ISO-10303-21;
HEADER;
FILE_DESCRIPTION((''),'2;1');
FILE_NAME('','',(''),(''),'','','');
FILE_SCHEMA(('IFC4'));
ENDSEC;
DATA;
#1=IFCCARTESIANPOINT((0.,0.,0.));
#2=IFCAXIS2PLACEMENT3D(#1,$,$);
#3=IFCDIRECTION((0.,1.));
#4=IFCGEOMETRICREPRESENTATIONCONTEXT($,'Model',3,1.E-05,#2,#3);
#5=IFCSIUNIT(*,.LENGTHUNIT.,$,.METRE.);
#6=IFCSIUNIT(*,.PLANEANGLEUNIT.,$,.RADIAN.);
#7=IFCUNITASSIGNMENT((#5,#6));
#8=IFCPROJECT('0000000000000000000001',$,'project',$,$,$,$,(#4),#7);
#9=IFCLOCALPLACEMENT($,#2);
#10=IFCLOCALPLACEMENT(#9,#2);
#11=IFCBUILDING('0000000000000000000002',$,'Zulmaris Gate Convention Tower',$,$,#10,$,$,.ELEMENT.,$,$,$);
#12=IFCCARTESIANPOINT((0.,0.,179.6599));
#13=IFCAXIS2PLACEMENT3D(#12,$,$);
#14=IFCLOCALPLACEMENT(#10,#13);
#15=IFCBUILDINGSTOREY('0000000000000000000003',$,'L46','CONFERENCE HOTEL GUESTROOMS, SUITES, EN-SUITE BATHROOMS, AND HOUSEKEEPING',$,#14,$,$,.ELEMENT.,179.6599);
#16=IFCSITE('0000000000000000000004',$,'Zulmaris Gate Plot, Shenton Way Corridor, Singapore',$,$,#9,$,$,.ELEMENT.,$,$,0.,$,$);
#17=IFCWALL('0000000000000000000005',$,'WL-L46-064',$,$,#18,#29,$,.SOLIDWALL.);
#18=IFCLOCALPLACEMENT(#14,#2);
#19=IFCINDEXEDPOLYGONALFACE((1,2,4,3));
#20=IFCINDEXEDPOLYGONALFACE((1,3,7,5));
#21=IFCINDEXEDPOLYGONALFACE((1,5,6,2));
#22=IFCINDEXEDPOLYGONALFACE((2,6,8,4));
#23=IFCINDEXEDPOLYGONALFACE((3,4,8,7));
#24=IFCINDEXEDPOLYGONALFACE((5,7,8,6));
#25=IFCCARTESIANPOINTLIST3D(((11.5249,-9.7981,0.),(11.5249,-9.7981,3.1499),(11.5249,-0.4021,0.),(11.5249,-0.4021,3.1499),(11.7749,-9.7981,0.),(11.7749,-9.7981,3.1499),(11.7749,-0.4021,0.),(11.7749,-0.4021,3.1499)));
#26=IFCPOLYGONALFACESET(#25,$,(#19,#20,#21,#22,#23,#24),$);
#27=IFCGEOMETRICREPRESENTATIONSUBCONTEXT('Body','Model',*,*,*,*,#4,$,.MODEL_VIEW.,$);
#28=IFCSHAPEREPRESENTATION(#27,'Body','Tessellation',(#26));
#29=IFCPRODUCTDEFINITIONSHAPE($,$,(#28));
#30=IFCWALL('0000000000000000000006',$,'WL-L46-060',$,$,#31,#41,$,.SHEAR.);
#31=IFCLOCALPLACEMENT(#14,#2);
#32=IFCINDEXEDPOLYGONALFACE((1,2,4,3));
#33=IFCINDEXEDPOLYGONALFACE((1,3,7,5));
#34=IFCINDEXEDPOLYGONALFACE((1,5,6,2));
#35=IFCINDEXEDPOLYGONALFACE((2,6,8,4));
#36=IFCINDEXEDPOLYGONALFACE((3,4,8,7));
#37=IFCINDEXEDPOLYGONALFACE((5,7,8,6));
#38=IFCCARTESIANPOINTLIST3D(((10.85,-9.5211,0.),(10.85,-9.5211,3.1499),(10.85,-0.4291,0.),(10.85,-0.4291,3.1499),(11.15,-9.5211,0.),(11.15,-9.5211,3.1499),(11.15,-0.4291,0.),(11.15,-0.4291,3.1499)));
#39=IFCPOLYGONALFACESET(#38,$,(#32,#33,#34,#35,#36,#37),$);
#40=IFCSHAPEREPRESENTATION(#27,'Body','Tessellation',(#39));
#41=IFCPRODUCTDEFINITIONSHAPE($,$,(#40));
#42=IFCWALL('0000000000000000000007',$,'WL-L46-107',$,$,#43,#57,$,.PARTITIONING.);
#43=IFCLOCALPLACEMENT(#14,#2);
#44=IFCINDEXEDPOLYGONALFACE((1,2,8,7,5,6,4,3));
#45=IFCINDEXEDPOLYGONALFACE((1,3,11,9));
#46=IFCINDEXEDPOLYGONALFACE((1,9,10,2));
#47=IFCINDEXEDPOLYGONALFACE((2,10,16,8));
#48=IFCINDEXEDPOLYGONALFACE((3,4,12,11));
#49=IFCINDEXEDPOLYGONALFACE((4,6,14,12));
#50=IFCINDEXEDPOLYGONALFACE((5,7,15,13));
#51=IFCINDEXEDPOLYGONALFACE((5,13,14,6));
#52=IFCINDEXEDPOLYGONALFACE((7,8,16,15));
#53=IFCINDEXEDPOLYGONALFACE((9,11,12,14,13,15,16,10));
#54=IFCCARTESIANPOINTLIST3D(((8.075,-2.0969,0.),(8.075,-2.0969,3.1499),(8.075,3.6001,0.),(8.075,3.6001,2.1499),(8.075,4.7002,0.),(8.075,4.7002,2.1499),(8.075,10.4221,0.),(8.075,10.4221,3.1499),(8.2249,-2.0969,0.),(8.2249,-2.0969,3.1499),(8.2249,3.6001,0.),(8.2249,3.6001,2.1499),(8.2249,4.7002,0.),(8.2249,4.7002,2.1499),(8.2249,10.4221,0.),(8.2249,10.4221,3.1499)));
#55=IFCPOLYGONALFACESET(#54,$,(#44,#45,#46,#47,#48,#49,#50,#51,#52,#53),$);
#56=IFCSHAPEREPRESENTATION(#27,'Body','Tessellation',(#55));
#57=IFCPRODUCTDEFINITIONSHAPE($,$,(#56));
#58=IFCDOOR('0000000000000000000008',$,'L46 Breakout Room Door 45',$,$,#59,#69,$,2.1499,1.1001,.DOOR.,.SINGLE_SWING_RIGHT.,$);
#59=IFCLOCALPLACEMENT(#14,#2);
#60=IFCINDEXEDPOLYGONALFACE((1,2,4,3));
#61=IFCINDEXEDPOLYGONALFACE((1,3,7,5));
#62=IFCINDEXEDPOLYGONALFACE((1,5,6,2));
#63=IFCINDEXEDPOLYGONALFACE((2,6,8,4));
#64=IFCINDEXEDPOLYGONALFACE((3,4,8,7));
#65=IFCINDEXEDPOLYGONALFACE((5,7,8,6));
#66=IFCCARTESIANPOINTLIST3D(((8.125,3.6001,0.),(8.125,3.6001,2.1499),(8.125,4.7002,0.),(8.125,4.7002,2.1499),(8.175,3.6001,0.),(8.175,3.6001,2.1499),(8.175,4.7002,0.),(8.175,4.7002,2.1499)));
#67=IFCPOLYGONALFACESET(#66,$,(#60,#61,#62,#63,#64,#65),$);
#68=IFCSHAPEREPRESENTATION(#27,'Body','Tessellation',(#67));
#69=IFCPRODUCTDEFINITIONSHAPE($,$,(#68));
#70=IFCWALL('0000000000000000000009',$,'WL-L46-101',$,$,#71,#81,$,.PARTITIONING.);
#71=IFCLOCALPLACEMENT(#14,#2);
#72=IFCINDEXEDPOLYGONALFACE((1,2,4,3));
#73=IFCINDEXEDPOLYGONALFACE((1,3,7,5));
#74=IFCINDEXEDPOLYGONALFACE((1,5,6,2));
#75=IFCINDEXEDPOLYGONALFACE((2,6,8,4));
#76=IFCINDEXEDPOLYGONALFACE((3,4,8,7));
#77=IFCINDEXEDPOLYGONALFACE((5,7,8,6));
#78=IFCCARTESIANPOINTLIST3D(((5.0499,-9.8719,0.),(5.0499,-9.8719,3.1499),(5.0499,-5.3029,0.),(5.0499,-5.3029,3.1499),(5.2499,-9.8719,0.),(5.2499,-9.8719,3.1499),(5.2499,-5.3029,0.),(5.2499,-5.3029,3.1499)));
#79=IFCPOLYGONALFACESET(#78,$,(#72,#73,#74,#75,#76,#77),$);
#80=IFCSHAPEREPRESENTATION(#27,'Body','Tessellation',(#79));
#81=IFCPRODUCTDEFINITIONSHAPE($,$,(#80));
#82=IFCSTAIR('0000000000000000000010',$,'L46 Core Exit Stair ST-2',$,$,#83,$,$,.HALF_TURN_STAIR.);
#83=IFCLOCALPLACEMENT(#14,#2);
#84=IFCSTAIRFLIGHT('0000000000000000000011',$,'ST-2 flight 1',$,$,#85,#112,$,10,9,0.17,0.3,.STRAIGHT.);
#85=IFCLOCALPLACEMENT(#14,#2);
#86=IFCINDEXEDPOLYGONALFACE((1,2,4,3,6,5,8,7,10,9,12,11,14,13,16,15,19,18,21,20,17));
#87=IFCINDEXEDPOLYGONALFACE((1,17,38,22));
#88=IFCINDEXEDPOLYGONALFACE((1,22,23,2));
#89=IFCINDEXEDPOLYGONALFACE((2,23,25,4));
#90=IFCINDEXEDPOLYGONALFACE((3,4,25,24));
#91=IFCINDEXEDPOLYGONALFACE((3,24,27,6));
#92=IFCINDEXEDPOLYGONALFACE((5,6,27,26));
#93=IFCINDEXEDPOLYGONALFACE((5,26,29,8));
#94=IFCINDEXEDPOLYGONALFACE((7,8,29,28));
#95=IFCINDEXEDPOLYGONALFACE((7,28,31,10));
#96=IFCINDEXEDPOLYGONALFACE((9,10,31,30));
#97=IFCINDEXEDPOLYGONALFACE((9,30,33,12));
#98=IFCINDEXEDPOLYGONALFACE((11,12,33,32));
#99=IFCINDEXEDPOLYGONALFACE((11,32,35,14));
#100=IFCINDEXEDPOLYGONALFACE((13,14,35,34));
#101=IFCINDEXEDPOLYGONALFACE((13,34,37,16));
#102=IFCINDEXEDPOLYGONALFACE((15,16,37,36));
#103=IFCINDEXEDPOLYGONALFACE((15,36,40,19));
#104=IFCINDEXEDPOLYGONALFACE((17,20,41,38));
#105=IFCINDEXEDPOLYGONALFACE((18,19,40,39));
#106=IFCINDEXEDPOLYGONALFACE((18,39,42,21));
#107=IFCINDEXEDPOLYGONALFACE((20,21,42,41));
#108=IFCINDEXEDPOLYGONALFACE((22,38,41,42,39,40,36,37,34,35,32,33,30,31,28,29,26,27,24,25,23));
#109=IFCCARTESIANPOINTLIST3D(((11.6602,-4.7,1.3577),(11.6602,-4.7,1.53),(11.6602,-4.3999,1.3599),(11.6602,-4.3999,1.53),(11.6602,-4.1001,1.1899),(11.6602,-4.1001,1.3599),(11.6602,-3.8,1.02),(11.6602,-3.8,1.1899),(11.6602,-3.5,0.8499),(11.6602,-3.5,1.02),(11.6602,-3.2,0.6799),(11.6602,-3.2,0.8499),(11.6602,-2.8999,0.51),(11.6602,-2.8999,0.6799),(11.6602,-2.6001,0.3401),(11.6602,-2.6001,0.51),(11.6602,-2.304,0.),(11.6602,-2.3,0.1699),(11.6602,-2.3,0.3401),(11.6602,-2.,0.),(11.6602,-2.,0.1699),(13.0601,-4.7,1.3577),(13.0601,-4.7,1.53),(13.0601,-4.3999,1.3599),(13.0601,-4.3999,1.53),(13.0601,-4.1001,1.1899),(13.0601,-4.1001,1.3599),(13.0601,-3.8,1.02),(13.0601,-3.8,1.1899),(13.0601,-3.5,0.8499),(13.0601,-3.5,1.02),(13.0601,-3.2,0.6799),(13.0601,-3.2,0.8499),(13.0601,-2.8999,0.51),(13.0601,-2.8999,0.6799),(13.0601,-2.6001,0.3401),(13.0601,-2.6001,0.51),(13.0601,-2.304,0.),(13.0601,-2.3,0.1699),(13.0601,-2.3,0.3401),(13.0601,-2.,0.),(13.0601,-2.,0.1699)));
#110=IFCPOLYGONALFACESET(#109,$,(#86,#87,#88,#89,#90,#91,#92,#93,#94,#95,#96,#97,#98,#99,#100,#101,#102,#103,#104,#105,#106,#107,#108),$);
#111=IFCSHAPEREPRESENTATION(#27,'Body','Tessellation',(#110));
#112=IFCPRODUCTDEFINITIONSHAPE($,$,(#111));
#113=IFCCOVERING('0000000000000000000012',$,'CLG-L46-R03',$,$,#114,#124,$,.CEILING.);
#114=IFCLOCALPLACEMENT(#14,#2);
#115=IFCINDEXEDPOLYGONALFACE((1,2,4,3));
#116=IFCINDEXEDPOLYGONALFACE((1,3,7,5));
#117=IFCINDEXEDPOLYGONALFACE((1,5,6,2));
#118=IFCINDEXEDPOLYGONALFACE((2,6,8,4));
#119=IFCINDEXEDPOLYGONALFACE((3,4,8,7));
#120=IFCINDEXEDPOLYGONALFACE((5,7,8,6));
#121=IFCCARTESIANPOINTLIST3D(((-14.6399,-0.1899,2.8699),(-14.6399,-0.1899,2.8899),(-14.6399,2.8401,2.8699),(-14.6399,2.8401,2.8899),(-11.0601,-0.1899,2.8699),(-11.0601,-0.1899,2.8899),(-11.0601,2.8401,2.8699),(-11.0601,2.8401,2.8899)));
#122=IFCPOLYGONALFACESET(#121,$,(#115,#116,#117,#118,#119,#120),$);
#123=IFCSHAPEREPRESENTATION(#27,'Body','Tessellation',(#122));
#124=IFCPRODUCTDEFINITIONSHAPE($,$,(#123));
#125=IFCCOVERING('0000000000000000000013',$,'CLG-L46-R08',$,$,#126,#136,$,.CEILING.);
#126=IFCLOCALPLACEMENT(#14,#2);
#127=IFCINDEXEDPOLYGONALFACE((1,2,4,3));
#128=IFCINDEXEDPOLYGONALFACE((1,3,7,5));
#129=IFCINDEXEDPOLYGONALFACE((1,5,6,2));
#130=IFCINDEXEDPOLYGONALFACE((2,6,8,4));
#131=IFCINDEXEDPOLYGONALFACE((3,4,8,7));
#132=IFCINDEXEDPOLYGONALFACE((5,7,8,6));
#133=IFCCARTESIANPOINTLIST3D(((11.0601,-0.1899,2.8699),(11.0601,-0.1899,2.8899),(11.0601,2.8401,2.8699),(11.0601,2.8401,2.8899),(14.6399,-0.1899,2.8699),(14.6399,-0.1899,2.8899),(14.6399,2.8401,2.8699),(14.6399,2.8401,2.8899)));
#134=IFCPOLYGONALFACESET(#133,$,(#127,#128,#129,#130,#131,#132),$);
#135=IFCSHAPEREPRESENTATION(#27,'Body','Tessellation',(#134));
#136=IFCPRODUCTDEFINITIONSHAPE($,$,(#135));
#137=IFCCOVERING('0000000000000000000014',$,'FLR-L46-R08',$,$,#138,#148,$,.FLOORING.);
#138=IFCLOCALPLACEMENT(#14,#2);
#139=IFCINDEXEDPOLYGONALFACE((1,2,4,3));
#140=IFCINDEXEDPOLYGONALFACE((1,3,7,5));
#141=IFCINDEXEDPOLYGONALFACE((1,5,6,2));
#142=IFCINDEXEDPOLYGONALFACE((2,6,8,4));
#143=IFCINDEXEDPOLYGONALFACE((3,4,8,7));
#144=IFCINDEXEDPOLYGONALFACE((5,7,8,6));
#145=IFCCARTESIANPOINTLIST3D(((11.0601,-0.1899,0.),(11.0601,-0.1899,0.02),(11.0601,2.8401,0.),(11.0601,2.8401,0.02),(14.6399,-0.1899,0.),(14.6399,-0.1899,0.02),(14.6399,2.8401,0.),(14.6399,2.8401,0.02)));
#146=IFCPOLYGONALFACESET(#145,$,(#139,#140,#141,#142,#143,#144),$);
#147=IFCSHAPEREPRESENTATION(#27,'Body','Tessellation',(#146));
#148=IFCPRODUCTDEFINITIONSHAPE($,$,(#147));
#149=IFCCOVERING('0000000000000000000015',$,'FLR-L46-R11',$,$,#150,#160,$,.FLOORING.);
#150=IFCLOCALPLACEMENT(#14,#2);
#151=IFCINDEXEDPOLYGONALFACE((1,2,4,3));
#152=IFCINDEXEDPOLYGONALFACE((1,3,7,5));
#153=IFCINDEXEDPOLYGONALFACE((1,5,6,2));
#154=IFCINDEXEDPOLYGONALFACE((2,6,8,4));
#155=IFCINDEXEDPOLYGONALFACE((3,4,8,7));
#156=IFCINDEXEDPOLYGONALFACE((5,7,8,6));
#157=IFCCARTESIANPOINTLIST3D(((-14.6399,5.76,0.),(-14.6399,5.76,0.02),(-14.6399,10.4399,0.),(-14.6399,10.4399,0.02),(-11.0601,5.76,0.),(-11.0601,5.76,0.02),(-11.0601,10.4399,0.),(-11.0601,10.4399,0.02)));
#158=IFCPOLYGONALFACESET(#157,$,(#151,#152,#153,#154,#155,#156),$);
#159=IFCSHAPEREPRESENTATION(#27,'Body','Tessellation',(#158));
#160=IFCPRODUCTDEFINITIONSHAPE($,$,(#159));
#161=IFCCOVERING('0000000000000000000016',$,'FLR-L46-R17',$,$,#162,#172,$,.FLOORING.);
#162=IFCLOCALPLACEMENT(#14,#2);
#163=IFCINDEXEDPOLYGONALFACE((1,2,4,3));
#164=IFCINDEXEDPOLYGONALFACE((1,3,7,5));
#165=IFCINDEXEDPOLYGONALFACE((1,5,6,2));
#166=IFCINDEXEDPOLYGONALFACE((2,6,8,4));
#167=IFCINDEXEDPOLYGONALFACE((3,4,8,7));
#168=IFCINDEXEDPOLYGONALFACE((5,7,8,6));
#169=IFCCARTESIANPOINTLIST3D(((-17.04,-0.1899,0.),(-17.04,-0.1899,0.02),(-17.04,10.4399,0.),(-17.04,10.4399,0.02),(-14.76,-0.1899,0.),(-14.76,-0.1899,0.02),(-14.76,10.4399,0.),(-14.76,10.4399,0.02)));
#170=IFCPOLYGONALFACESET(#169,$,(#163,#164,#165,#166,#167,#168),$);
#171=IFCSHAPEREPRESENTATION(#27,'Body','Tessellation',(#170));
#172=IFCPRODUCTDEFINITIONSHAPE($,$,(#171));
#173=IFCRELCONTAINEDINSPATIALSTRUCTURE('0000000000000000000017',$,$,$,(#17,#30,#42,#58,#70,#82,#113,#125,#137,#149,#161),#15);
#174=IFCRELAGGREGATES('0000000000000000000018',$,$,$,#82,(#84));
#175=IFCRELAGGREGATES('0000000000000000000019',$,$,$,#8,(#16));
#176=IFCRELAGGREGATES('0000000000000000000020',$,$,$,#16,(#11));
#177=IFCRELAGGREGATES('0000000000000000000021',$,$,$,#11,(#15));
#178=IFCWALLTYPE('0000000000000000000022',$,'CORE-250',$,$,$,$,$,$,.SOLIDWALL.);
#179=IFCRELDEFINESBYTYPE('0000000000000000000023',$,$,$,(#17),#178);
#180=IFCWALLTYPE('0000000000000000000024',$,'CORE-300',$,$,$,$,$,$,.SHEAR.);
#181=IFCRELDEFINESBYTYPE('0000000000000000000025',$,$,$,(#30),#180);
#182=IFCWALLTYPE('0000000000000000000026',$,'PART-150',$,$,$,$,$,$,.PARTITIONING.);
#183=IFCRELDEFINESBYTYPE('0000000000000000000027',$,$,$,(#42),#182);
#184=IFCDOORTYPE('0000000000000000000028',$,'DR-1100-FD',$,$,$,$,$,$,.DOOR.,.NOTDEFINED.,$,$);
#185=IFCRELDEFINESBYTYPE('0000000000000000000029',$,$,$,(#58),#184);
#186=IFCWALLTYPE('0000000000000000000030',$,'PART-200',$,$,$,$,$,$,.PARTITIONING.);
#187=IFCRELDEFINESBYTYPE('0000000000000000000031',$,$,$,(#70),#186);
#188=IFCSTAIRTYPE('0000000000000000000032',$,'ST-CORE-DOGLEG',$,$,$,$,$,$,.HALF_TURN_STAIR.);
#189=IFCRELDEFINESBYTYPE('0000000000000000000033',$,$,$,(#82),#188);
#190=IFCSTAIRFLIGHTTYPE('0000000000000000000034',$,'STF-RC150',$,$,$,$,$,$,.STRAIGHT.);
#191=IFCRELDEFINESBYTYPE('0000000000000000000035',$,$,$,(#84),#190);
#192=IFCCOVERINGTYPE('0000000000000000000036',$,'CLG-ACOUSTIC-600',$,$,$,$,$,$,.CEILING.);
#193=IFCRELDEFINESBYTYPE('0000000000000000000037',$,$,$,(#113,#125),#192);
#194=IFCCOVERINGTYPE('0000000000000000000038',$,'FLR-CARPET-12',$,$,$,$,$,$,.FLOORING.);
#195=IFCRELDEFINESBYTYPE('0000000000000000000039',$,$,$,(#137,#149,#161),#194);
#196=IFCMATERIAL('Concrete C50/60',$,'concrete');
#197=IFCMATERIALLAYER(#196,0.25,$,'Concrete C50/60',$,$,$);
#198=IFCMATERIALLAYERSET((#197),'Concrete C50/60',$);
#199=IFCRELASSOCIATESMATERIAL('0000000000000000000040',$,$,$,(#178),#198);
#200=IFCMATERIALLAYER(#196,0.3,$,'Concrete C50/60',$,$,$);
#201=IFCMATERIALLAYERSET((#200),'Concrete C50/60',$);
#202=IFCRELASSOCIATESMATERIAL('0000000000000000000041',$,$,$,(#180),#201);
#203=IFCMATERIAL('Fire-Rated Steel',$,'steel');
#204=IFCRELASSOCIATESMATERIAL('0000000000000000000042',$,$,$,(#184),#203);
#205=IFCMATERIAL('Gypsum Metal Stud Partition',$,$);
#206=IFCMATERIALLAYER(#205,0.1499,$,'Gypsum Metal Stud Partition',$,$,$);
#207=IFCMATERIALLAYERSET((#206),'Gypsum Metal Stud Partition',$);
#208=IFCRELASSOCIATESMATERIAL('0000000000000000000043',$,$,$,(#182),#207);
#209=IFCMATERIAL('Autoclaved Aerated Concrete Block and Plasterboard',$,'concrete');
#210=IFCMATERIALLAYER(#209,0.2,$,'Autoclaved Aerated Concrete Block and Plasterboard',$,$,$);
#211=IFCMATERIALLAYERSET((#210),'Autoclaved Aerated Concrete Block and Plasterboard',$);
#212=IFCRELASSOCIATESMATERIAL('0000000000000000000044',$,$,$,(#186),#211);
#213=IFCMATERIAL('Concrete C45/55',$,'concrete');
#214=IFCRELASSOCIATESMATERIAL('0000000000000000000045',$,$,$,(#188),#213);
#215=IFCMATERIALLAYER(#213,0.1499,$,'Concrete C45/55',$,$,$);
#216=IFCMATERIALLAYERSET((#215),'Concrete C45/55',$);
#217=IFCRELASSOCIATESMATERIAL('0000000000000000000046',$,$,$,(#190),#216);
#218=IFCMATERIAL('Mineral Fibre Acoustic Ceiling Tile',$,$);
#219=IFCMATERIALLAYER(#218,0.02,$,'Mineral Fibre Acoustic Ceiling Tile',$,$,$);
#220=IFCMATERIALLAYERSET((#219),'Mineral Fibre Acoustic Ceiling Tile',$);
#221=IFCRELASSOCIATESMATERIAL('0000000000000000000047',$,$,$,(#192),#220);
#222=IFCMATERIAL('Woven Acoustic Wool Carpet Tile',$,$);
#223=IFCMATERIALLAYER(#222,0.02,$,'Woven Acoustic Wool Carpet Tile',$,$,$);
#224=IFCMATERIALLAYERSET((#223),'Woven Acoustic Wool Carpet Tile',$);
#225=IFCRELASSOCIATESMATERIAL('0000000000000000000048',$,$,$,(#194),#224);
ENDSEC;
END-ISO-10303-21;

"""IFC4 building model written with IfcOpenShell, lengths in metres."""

from ifc_helpers import new_model, si_unit, direction, frame, frame_2d, origin, place, context, subcontext, project, spatial, polyline, rectangle, outline, extrude, material, layer, layer_set, type_object, element, fill, aggregate, save


model = new_model("IFC4")

# Units and contexts
model_context = context("Model", 3, precision=1e-05, world=origin(), true_north=direction((0.0, 1.0)))
body_context = subcontext(model_context, "Body", "Model", "MODEL_VIEW")
ifc_project = project(units=[si_unit("LENGTHUNIT", "METRE"), si_unit("PLANEANGLEUNIT", "RADIAN")], contexts=[model_context])

# Site, building, storey
site_placement = place(None, origin())
site = spatial("IfcSite", under=ifc_project, at=site_placement, Name="Zulmaris Gate Plot, Shenton Way Corridor, Singapore", CompositionType="ELEMENT", RefElevation=0.0)
building_placement = place(site_placement, origin())
building = spatial("IfcBuilding", under=site, at=building_placement, Name="Zulmaris Gate Convention Tower", CompositionType="ELEMENT")
storey_placement = place(building_placement, frame((0.0, 0.0, 179.6599)))
storey = spatial("IfcBuildingStorey", under=building, at=storey_placement, Name="L46", Description="CONFERENCE HOTEL GUESTROOMS, SUITES, EN-SUITE BATHROOMS, AND HOUSEKEEPING", CompositionType="ELEMENT", Elevation=179.6599)

# Wall
ifc_material_1 = material(Name="Concrete C50/60", Category="concrete")
ifc_layer_1 = layer(ifc_material_1, 0.25, Name="Concrete C50/60")
ifc_layer_set_1 = layer_set([ifc_layer_1], Name="Concrete C50/60")
wall_type_1 = type_object("IfcWallType", Name="CORE-250", PredefinedType="SOLIDWALL", material=ifc_layer_set_1)
wall_1_placement = place(storey_placement, frame((11.6499, -9.7981, 0.0), z_axis=(0.0, 0.0, 1.0), x_axis=(0.0, 1.0, 0.0)))
element("IfcWall", 1, at=wall_1_placement, inside=storey, type_object=wall_type_1, Name="WL-L46-064", PredefinedType="SOLIDWALL", context=body_context, shape_type="SweptSolid", body=[
    extrude(rectangle(XDim=9.396, YDim=0.25, at=frame_2d((4.698, 0.0))), origin(), (0.0, 0.0, 1.0), 3.1499),
])

# Shared definitions
ifc_layer_2 = layer(ifc_material_1, 0.3, Name="Concrete C50/60")
ifc_layer_set_2 = layer_set([ifc_layer_2], Name="Concrete C50/60")
wall_type_2 = type_object("IfcWallType", Name="CORE-300", PredefinedType="SHEAR", material=ifc_layer_set_2)
ifc_material_2 = material(Name="Fire-Rated Steel", Category="steel")
door_type_1 = type_object("IfcDoorType", Name="DR-1100-FD", OperationType="NOTDEFINED", PredefinedType="DOOR", material=ifc_material_2)

# Wall
wall_2_placement = place(storey_placement, frame((11.0, -9.521, 0.0), z_axis=(0.0, 0.0, 1.0), x_axis=(0.0, 1.0, 0.0)))
element("IfcWall", 2, at=wall_2_placement, inside=storey, type_object=wall_type_2, Name="WL-L46-060", PredefinedType="SHEAR", context=body_context, shape_type="SweptSolid", body=[
    extrude(rectangle(XDim=9.092, YDim=0.3, at=frame_2d((4.5459, 0.0))), origin(), (0.0, 0.0, 1.0), 3.1499),
])

# Wall, opening, door
ifc_material_3 = material(Name="Gypsum Metal Stud Partition")
ifc_layer_3 = layer(ifc_material_3, 0.1499, Name="Gypsum Metal Stud Partition")
ifc_layer_set_3 = layer_set([ifc_layer_3], Name="Gypsum Metal Stud Partition")
wall_type_3 = type_object("IfcWallType", Name="PART-150", PredefinedType="PARTITIONING", material=ifc_layer_set_3)
wall_3_placement = place(storey_placement, frame((8.1499, -2.0969, 0.0), z_axis=(0.0, 0.0, 1.0), x_axis=(0.0, 1.0, 0.0)))
wall_3 = element("IfcWall", 3, at=wall_3_placement, inside=storey, type_object=wall_type_3, Name="WL-L46-107", PredefinedType="PARTITIONING", context=body_context, shape_type="SweptSolid", body=[
    extrude(rectangle(XDim=12.519, YDim=0.1499, at=frame_2d((6.2595, 0.0))), origin(), (0.0, 0.0, 1.0), 3.1499),
])
opening_1_placement = place(wall_3_placement, frame((5.697, 0.0, 0.0)))
opening_1 = element("IfcOpeningElement", 4, at=opening_1_placement, cuts=wall_3, PredefinedType="OPENING", context=body_context, shape_type="SweptSolid", body=[
    extrude(rectangle(XDim=1.1001, YDim=2.1499, at=frame_2d((0.55, 1.075))), frame((0.0, 0.085, 0.0), z_axis=(0.0, -1.0, 0.0), x_axis=(1.0, 0.0, 0.0)), (0.0, 0.0, 1.0), 0.1699),
])
door_1_placement = place(opening_1_placement, origin())
door_1 = element("IfcDoor", 5, at=door_1_placement, inside=storey, type_object=door_type_1, Name="L46 Breakout Room Door 45", OperationType="SINGLE_SWING_RIGHT", OverallHeight=2.1499, OverallWidth=1.1001, PredefinedType="DOOR", context=body_context, shape_type="SweptSolid", body=[
    extrude(rectangle(XDim=1.1001, YDim=2.1499, at=frame_2d((0.55, 1.075))), frame((0.0, 0.0249, 0.0), z_axis=(0.0, -1.0, 0.0), x_axis=(1.0, 0.0, 0.0)), (0.0, 0.0, 1.0), 0.05),
])
fill(opening_1, door_1)

# Wall
ifc_material_4 = material(Name="Autoclaved Aerated Concrete Block and Plasterboard", Category="concrete")
ifc_layer_4 = layer(ifc_material_4, 0.2, Name="Autoclaved Aerated Concrete Block and Plasterboard")
ifc_layer_set_4 = layer_set([ifc_layer_4], Name="Autoclaved Aerated Concrete Block and Plasterboard")
wall_type_4 = type_object("IfcWallType", Name="PART-200", PredefinedType="PARTITIONING", material=ifc_layer_set_4)
wall_4_placement = place(storey_placement, frame((5.1499, -9.8721, 0.0), z_axis=(0.0, 0.0, 1.0), x_axis=(0.0, 1.0, 0.0)))
element("IfcWall", 6, at=wall_4_placement, inside=storey, type_object=wall_type_4, Name="WL-L46-101", PredefinedType="PARTITIONING", context=body_context, shape_type="SweptSolid", body=[
    extrude(rectangle(XDim=4.5691, YDim=0.2, at=frame_2d((2.2847, 0.0))), origin(), (0.0, 0.0, 1.0), 3.1499),
])

# Stair, stair flight
ifc_material_5 = material(Name="Concrete C45/55", Category="concrete")
stair_type = type_object("IfcStairType", Name="ST-CORE-DOGLEG", PredefinedType="HALF_TURN_STAIR", material=ifc_material_5)
stair_placement = place(storey_placement, origin())
stair = element("IfcStair", 7, at=stair_placement, inside=storey, type_object=stair_type, Name="L46 Core Exit Stair ST-2", PredefinedType="HALF_TURN_STAIR")
ifc_layer_5 = layer(ifc_material_5, 0.1499, Name="Concrete C45/55")
ifc_layer_set_5 = layer_set([ifc_layer_5], Name="Concrete C45/55")
stair_flight_type = type_object("IfcStairFlightType", Name="STF-RC150", PredefinedType="STRAIGHT", material=ifc_layer_set_5)
stair_flight_placement = place(storey_placement, frame((12.3601, -2.0, 0.0), z_axis=(0.0, 0.0, 1.0), x_axis=(0.0, -1.0, 0.0)))
stair_flight = element("IfcStairFlight", 8, at=stair_flight_placement, type_object=stair_flight_type, Name="ST-2 flight 1", NumberOfRisers=10, NumberOfTreads=9, PredefinedType="STRAIGHT", RiserHeight=0.17, TreadLength=0.3, context=body_context, shape_type="SweptSolid", body=[
    extrude(outline(polyline([(0.0, 0.0), (0.0, 0.1699), (0.3, 0.1699), (0.3, 0.3401), (0.6001, 0.3401), (0.6001, 0.51), (0.8999, 0.51), (0.8999, 0.6799), (1.2, 0.6799), (1.2, 0.8499), (1.5, 0.8499), (1.5, 1.02), (1.8, 1.02), (1.8, 1.1899), (2.1001, 1.1899), (2.1001, 1.3599), (2.3999, 1.3599), (2.3999, 1.53), (2.7, 1.53), (2.7, 1.7), (2.7, 1.3577), (0.304, 0.0), (0.0, 0.0)])), frame((0.0, 0.7, 0.0), z_axis=(0.0, -1.0, 0.0), x_axis=(1.0, 0.0, 0.0)), (0.0, 0.0, 1.0), 1.3999),
])
aggregate(stair, [stair_flight])

# Coverings
ifc_material_6 = material(Name="Mineral Fibre Acoustic Ceiling Tile")
ifc_layer_6 = layer(ifc_material_6, 0.02, Name="Mineral Fibre Acoustic Ceiling Tile")
ifc_layer_set_6 = layer_set([ifc_layer_6], Name="Mineral Fibre Acoustic Ceiling Tile")
covering_type_1 = type_object("IfcCoveringType", Name="CLG-ACOUSTIC-600", PredefinedType="CEILING", material=ifc_layer_set_6)
covering_1_placement = place(storey_placement, frame((0.0, 0.0, 2.8699)))
element("IfcCovering", 9, at=covering_1_placement, inside=storey, type_object=covering_type_1, Name="CLG-L46-R03", PredefinedType="CEILING", context=body_context, shape_type="SweptSolid", body=[
    extrude(outline(polyline([(-14.6399, -0.1899), (-11.0601, -0.1899), (-11.0601, 2.8401), (-14.6399, 2.8401), (-14.6399, -0.1899)])), origin(), (0.0, 0.0, 1.0), 0.02),
])
covering_2_placement = place(storey_placement, frame((0.0, 0.0, 2.8699)))
element("IfcCovering", 10, at=covering_2_placement, inside=storey, type_object=covering_type_1, Name="CLG-L46-R08", PredefinedType="CEILING", context=body_context, shape_type="SweptSolid", body=[
    extrude(outline(polyline([(11.0601, -0.1899), (14.6399, -0.1899), (14.6399, 2.8401), (11.0601, 2.8401), (11.0601, -0.1899)])), origin(), (0.0, 0.0, 1.0), 0.02),
])
ifc_material_7 = material(Name="Woven Acoustic Wool Carpet Tile")
ifc_layer_7 = layer(ifc_material_7, 0.02, Name="Woven Acoustic Wool Carpet Tile")
ifc_layer_set_7 = layer_set([ifc_layer_7], Name="Woven Acoustic Wool Carpet Tile")
covering_type_2 = type_object("IfcCoveringType", Name="FLR-CARPET-12", PredefinedType="FLOORING", material=ifc_layer_set_7)
covering_3_placement = place(storey_placement, origin())
element("IfcCovering", 11, at=covering_3_placement, inside=storey, type_object=covering_type_2, Name="FLR-L46-R08", PredefinedType="FLOORING", context=body_context, shape_type="SweptSolid", body=[
    extrude(outline(polyline([(11.0601, -0.1899), (14.6399, -0.1899), (14.6399, 2.8401), (11.0601, 2.8401), (11.0601, -0.1899)])), origin(), (0.0, 0.0, 1.0), 0.02),
])
covering_4_placement = place(storey_placement, origin())
element("IfcCovering", 12, at=covering_4_placement, inside=storey, type_object=covering_type_2, Name="FLR-L46-R11", PredefinedType="FLOORING", context=body_context, shape_type="SweptSolid", body=[
    extrude(outline(polyline([(-14.6399, 5.76), (-11.0601, 5.76), (-11.0601, 10.4399), (-14.6399, 10.4399), (-14.6399, 5.76)])), origin(), (0.0, 0.0, 1.0), 0.02),
])
covering_5_placement = place(storey_placement, origin())
element("IfcCovering", 13, at=covering_5_placement, inside=storey, type_object=covering_type_2, Name="FLR-L46-R17", PredefinedType="FLOORING", context=body_context, shape_type="SweptSolid", body=[
    extrude(outline(polyline([(-17.04, -0.1899), (-14.76, -0.1899), (-14.76, 10.4399), (-17.04, 10.4399), (-17.04, -0.1899)])), origin(), (0.0, 0.0, 1.0), 0.02),
])

save(model, "model.ifc")
